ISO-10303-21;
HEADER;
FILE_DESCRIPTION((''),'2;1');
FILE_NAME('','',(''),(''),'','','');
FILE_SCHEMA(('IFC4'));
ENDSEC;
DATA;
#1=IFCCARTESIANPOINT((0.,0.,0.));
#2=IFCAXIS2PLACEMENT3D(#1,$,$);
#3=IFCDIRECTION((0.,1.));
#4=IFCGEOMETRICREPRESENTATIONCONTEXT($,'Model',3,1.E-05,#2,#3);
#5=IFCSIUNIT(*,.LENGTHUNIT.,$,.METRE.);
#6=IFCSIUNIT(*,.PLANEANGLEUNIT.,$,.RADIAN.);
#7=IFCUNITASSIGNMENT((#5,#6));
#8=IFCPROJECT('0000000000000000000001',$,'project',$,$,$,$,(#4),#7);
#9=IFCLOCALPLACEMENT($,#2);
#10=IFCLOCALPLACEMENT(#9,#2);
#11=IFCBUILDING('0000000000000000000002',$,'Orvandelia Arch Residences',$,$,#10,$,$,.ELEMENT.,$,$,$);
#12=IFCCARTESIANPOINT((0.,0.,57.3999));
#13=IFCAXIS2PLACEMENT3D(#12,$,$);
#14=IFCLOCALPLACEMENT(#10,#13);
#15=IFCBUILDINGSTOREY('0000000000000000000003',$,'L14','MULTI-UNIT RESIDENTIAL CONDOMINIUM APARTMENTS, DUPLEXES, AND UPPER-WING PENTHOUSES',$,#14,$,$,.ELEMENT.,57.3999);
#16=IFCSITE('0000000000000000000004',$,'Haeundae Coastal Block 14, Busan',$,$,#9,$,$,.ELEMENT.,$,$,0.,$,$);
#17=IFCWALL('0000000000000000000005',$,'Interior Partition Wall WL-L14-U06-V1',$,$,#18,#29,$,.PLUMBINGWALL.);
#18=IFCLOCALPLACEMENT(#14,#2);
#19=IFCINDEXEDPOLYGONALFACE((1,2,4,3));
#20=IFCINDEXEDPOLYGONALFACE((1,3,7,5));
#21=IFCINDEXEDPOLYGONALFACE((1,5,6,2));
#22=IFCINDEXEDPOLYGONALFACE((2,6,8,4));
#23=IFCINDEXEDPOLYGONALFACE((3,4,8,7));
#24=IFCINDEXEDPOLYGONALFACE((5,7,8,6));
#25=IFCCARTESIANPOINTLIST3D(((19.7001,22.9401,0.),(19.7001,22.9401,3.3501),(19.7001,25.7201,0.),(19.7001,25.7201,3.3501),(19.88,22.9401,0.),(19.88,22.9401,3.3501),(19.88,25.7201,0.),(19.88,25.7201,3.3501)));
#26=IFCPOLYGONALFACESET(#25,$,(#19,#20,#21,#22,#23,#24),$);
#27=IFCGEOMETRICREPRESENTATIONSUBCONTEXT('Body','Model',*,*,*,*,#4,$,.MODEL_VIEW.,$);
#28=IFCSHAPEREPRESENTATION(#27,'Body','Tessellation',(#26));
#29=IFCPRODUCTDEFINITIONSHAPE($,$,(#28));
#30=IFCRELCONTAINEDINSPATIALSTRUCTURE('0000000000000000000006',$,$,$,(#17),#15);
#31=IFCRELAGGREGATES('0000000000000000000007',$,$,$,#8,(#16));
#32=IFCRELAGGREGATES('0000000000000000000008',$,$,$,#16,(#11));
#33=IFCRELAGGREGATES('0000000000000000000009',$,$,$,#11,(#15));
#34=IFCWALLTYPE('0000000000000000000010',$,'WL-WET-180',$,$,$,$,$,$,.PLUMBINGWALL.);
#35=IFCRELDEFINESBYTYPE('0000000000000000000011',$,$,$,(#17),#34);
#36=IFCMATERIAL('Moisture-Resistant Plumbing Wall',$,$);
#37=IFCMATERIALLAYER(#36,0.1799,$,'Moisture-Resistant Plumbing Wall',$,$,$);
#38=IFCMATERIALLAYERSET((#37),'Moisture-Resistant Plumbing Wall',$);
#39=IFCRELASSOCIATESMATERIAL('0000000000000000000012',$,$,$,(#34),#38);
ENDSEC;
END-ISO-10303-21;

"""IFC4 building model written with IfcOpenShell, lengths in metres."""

from ifc_helpers import new_model, si_unit, direction, frame, frame_2d, origin, place, context, subcontext, project, spatial, rectangle, extrude, material, layer, layer_set, type_object, element, save


model = new_model("IFC4")

# Units and contexts
model_context = context("Model", 3, precision=1e-05, world=origin(), true_north=direction((0.0, 1.0)))
body_context = subcontext(model_context, "Body", "Model", "MODEL_VIEW")
ifc_project = project(units=[si_unit("LENGTHUNIT", "METRE"), si_unit("PLANEANGLEUNIT", "RADIAN")], contexts=[model_context])

# Site, building, storey
site_placement = place(None, origin())
site = spatial("IfcSite", under=ifc_project, at=site_placement, Name="Haeundae Coastal Block 14, Busan", CompositionType="ELEMENT", RefElevation=0.0)
building_placement = place(site_placement, origin())
building = spatial("IfcBuilding", under=site, at=building_placement, Name="Orvandelia Arch Residences", CompositionType="ELEMENT")
storey_placement = place(building_placement, frame((0.0, 0.0, 57.3999)))
storey = spatial("IfcBuildingStorey", under=building, at=storey_placement, Name="L14", Description="MULTI-UNIT RESIDENTIAL CONDOMINIUM APARTMENTS, DUPLEXES, AND UPPER-WING PENTHOUSES", CompositionType="ELEMENT", Elevation=57.3999)

# Shared definitions
ifc_material_1 = material(Name="Moisture-Resistant Plumbing Wall")
ifc_layer_1 = layer(ifc_material_1, 0.1799, Name="Moisture-Resistant Plumbing Wall")
ifc_layer_set_1 = layer_set([ifc_layer_1], Name="Moisture-Resistant Plumbing Wall")
wall_type_1 = type_object("IfcWallType", Name="WL-WET-180", PredefinedType="PLUMBINGWALL", material=ifc_layer_set_1)

# Wall
wall_1_placement = place(storey_placement, frame((19.79, 22.9399, 0.0), z_axis=(0.0, 0.0, 1.0), x_axis=(0.0, 1.0, 0.0)))
element("IfcWall", 1, at=wall_1_placement, inside=storey, type_object=wall_type_1, Name="Interior Partition Wall WL-L14-U06-V1", PredefinedType="PLUMBINGWALL", context=body_context, shape_type="SweptSolid", body=[
    extrude(rectangle(XDim=2.78, YDim=0.1799, at=frame_2d((1.3901, 0.0))), origin(), (0.0, 0.0, 1.0), 3.3501),
])

save(model, "model.ifc")
